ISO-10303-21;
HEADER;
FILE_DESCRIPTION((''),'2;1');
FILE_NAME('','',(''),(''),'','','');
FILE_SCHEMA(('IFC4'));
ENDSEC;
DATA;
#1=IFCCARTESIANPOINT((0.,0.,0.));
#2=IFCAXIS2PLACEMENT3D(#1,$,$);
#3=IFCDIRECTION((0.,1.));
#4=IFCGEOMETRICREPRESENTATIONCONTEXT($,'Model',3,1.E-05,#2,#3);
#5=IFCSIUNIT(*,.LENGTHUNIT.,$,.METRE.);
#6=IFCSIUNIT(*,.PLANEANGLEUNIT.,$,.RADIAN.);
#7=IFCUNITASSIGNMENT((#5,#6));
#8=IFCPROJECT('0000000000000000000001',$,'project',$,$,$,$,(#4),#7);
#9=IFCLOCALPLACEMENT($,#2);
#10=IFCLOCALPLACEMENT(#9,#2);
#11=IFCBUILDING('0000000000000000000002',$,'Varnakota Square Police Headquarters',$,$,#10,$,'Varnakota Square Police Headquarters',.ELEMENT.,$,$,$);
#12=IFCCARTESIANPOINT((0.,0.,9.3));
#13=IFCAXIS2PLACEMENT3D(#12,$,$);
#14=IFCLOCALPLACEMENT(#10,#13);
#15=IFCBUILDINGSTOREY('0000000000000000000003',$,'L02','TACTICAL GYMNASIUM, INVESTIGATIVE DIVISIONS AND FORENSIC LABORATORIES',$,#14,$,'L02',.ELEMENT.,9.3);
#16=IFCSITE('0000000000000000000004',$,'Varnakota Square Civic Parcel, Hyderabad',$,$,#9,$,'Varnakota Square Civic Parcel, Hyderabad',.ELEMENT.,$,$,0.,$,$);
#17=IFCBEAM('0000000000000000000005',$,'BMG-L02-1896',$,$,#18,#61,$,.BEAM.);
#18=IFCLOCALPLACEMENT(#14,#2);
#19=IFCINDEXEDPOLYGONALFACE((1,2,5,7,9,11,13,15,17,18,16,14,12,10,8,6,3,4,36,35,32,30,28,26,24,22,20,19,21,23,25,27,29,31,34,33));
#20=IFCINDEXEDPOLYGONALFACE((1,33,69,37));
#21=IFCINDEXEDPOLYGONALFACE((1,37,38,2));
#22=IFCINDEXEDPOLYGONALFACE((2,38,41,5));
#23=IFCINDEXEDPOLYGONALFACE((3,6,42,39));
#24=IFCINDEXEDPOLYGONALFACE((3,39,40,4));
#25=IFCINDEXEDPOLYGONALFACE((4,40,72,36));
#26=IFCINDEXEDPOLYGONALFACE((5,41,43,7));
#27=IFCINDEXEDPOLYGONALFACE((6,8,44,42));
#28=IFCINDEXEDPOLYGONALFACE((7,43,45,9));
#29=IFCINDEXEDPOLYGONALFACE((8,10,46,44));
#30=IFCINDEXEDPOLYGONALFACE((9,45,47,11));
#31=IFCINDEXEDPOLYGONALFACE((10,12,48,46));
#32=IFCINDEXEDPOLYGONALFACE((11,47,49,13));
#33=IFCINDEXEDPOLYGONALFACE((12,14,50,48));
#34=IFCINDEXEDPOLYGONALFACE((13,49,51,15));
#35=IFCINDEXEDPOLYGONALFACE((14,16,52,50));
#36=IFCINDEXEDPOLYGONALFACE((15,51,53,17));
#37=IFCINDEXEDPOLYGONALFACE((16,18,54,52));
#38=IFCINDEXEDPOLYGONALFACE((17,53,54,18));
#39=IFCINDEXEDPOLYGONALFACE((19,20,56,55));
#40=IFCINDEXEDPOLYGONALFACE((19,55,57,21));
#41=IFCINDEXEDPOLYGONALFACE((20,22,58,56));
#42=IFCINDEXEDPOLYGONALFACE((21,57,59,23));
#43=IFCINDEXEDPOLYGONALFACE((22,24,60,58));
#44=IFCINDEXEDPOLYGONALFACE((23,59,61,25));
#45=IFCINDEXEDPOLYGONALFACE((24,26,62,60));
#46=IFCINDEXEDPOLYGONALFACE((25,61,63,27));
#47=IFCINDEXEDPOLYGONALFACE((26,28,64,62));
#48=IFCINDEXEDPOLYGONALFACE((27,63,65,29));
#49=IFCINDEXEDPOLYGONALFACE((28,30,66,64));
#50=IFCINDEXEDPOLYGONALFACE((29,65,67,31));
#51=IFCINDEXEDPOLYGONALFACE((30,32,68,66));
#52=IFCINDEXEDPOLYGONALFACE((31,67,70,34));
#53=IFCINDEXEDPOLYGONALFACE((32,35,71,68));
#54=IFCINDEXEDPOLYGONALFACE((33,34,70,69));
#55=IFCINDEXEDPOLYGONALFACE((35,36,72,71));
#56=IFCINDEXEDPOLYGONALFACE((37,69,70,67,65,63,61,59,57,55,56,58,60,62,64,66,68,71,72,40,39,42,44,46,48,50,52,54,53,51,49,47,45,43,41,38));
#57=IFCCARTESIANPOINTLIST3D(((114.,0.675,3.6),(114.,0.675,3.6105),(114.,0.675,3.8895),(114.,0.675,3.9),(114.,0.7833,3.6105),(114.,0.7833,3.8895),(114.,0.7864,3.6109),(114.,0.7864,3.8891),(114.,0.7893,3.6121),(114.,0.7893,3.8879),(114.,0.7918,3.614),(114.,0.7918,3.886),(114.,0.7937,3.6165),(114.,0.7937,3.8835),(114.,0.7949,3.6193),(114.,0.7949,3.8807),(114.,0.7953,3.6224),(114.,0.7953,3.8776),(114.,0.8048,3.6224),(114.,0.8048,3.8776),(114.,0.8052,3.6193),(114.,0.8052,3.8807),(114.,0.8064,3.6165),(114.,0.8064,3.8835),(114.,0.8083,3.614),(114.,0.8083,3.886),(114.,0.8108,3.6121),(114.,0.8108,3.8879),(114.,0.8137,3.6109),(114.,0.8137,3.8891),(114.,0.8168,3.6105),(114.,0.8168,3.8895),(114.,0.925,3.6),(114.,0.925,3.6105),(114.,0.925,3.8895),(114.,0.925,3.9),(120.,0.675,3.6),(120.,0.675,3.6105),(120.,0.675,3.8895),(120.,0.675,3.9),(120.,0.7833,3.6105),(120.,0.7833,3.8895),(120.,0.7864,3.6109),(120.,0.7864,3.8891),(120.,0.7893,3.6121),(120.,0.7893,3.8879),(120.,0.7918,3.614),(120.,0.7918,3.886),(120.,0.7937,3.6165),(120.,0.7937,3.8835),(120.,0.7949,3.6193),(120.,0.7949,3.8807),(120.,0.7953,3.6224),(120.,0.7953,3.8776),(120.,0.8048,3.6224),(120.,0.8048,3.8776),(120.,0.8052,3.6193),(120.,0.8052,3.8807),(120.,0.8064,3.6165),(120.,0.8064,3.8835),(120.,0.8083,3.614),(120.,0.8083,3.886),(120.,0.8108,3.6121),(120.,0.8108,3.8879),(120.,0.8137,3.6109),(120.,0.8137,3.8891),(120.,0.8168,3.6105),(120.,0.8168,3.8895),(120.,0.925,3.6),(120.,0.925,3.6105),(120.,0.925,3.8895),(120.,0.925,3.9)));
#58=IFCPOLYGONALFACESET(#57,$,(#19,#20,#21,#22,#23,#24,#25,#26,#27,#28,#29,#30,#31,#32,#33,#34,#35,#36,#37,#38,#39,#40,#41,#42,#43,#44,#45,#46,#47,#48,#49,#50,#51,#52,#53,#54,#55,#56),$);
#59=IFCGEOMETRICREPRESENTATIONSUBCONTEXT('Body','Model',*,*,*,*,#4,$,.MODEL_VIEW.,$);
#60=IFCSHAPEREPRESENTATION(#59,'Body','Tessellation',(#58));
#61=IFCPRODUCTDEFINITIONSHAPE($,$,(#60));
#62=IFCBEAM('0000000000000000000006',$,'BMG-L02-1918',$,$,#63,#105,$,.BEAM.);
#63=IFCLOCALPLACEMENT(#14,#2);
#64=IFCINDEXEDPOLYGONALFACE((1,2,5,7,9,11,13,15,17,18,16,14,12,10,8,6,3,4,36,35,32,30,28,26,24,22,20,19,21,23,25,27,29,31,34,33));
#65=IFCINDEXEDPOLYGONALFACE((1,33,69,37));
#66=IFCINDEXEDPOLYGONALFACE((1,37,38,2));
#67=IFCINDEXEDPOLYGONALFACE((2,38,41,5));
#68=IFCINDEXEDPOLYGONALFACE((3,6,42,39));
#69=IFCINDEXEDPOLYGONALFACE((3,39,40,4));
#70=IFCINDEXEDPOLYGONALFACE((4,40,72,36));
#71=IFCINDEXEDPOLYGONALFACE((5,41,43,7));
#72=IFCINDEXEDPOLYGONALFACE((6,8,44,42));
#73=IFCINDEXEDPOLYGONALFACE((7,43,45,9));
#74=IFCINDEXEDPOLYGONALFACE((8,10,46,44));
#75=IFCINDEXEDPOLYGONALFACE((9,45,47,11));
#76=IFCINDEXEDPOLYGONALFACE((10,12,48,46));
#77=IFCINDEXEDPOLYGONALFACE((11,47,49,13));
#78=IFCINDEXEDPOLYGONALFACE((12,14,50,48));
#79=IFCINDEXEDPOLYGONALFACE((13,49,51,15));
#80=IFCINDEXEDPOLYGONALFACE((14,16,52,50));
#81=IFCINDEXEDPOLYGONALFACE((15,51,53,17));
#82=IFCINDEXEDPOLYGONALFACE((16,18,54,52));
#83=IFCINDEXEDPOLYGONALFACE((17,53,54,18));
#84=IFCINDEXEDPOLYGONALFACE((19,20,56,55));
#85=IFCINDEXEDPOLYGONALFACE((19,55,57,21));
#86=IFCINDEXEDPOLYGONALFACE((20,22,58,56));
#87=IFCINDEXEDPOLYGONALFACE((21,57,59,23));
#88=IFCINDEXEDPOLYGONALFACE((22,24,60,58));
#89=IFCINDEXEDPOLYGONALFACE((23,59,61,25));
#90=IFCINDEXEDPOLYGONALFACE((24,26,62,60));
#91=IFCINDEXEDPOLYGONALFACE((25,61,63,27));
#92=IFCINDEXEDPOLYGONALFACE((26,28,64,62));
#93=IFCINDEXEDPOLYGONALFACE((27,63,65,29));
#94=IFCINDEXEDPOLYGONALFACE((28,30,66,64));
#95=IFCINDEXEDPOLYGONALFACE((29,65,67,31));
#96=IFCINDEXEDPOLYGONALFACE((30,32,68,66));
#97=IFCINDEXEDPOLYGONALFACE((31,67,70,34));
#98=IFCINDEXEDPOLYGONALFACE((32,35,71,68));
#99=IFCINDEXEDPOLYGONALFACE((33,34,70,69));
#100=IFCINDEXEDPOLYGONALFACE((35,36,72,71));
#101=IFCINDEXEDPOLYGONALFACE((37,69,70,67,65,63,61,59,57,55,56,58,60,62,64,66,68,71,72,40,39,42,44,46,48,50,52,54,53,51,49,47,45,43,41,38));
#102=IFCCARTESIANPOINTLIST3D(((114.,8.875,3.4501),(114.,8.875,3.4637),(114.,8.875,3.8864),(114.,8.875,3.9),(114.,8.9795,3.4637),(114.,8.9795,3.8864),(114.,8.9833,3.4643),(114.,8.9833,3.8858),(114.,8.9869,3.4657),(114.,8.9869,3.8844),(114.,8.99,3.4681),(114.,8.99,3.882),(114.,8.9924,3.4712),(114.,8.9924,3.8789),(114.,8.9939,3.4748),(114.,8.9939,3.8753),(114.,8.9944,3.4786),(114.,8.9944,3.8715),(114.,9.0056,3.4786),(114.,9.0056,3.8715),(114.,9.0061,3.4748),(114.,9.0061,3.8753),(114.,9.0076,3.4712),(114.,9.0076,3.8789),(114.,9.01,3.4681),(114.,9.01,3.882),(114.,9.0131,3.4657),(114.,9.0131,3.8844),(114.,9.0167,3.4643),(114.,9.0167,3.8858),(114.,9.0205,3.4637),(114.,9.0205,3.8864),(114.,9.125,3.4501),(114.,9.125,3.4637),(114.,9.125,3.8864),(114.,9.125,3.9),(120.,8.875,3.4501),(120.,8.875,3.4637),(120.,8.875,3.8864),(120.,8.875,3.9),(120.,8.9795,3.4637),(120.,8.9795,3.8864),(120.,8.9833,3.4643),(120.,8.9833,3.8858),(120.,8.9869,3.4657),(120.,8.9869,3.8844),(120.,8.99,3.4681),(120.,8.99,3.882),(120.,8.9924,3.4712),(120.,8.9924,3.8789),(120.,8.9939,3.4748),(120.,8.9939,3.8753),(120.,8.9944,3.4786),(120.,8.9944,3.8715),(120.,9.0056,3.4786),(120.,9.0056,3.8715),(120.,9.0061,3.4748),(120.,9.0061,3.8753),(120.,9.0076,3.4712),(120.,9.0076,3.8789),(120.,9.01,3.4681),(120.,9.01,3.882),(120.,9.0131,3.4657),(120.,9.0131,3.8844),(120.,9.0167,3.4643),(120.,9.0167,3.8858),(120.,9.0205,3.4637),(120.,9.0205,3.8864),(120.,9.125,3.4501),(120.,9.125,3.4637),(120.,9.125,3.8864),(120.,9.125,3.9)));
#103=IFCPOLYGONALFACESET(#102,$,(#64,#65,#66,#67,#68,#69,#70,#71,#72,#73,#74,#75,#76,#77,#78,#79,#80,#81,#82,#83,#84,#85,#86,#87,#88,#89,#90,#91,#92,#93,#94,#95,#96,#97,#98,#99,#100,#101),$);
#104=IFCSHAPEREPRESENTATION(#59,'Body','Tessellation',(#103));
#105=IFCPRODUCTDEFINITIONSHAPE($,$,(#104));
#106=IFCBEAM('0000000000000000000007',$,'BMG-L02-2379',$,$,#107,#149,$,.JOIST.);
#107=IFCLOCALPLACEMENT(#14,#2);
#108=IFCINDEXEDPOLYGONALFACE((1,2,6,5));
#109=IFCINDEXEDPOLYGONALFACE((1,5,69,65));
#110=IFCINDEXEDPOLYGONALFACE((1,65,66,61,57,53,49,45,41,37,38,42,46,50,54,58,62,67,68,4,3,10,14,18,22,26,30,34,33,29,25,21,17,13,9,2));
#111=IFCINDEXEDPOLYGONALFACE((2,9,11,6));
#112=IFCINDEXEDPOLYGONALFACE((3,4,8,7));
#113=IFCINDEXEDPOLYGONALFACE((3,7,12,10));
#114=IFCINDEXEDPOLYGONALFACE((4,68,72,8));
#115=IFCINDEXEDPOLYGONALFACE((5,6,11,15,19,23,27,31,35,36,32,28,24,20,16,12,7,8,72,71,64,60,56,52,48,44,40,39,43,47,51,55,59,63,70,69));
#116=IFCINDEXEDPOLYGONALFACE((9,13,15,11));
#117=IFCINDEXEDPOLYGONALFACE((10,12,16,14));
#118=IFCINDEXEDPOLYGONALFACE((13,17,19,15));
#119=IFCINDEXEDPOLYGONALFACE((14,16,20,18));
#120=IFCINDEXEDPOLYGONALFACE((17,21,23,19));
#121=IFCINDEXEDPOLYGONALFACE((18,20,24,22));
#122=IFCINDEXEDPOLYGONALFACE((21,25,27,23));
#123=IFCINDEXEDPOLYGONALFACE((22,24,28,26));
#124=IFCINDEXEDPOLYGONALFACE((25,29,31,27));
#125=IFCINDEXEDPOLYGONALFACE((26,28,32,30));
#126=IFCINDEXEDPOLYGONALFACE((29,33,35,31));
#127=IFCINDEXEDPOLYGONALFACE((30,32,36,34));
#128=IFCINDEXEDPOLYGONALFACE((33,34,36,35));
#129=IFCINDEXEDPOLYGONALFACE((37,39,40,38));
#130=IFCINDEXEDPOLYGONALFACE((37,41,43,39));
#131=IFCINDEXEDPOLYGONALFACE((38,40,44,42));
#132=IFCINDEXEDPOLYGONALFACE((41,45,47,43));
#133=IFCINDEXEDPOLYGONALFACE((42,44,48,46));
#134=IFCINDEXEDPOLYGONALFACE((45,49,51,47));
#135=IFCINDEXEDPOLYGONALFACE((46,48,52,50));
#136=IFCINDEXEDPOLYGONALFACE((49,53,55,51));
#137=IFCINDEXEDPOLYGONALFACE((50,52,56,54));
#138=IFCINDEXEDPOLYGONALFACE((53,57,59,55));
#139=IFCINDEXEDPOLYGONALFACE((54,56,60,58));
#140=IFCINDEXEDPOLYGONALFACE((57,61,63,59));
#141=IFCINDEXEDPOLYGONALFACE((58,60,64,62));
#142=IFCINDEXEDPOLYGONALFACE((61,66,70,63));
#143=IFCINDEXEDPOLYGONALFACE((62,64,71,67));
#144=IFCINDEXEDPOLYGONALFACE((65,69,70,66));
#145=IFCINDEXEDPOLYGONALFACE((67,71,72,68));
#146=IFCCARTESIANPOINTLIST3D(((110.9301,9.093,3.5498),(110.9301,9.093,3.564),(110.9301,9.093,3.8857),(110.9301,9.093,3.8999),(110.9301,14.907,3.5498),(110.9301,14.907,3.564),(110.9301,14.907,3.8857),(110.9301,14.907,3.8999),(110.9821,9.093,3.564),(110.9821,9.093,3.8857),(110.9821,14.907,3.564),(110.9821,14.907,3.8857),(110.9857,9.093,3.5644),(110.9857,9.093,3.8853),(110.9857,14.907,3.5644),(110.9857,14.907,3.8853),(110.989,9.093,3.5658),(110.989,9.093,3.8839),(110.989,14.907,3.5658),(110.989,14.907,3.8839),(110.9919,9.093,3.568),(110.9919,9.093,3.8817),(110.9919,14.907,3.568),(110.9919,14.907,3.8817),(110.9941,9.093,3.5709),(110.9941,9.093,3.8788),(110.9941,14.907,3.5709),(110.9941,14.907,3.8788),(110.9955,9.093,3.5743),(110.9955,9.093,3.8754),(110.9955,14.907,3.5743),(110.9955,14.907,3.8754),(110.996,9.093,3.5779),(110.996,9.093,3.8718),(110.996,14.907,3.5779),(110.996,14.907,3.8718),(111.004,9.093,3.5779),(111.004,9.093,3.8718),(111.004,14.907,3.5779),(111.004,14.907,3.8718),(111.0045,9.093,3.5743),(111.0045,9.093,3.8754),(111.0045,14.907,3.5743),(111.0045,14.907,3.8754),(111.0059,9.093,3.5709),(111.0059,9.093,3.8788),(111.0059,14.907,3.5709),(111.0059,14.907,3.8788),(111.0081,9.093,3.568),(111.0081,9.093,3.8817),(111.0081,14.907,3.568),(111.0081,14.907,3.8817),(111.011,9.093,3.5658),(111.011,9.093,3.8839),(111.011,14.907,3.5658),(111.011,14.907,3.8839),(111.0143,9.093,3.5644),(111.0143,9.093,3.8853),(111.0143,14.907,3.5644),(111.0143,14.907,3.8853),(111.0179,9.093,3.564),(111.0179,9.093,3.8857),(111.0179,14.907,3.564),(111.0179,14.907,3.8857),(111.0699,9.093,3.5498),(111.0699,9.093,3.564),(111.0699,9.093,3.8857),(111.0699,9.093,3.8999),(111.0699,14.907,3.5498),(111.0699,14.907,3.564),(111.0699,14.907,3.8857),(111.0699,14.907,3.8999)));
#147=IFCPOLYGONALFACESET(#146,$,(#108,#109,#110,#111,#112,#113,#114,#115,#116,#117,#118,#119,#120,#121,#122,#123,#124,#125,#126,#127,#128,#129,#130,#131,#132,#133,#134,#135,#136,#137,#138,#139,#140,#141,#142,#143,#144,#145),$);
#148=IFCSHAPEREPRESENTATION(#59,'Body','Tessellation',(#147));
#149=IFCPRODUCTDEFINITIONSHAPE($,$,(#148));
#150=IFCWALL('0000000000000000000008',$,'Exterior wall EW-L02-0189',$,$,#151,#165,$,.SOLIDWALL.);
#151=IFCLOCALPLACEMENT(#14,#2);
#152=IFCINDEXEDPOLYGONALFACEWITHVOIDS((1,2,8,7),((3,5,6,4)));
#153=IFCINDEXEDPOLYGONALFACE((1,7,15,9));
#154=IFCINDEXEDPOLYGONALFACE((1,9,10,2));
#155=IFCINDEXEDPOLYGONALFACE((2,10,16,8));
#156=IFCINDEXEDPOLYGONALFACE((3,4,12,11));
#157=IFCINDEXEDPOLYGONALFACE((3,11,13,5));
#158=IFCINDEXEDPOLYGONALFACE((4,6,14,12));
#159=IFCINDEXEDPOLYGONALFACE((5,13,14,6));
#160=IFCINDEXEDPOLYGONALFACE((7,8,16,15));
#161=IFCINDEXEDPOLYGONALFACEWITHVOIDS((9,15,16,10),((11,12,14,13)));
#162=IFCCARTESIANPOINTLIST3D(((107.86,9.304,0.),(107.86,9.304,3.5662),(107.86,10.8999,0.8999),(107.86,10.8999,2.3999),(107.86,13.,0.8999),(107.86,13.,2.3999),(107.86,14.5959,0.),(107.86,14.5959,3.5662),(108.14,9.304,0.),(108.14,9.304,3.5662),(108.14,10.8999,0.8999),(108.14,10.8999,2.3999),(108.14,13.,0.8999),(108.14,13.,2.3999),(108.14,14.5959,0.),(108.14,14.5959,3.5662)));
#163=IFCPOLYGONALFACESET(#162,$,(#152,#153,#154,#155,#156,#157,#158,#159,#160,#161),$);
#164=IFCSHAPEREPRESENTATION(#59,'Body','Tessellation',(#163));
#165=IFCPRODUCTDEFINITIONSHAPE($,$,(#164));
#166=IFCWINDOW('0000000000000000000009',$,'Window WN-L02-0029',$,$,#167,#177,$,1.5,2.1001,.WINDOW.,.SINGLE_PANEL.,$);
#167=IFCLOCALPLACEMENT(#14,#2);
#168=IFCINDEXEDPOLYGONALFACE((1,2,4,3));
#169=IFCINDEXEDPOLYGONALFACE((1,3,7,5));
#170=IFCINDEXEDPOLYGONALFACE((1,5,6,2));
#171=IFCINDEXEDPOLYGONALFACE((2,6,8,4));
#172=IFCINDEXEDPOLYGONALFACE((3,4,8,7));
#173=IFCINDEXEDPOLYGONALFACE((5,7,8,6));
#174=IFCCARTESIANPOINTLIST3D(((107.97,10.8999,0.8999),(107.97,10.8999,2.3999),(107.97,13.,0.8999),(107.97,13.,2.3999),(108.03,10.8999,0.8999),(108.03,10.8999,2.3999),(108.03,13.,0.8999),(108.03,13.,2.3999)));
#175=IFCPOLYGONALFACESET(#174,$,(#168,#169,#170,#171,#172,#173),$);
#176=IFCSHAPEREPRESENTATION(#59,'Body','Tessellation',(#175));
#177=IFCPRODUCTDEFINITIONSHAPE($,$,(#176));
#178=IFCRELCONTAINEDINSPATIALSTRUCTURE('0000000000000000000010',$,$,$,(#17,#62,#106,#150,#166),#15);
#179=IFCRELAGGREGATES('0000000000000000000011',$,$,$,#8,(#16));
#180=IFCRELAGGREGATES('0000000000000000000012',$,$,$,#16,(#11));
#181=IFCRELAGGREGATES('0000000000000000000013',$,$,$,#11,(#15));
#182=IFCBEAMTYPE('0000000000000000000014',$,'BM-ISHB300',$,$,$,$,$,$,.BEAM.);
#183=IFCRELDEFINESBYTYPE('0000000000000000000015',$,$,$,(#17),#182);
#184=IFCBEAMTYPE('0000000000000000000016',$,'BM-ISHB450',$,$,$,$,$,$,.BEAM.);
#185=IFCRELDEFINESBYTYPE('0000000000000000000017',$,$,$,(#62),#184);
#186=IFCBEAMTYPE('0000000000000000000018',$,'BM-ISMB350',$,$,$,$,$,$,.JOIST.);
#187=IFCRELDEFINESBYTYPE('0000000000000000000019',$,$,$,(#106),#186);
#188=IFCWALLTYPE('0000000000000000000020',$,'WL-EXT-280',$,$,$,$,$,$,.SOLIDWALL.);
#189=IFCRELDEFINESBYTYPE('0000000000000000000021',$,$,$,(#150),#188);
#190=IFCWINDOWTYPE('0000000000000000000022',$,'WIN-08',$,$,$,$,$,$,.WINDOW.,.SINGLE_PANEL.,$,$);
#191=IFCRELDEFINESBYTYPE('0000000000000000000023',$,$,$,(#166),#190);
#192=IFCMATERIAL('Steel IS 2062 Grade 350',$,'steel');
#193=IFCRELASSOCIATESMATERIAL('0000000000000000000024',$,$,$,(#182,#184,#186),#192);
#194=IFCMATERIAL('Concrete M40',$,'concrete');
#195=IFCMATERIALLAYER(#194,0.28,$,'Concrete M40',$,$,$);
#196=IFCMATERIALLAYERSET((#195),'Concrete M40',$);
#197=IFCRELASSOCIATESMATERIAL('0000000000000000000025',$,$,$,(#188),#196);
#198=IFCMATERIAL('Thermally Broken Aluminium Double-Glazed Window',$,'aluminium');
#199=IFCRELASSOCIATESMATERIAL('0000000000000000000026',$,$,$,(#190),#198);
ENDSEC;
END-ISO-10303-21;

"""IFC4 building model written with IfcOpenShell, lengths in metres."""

from ifc_helpers import new_model, si_unit, direction, frame, frame_2d, origin, origin_2d, place, context, subcontext, project, spatial, rectangle, i_section, extrude, material, layer, layer_set, material_profile, profile_set, type_object, element, fill, save


model = new_model("IFC4")

# Units and contexts
model_context = context("Model", 3, precision=1e-05, world=origin(), true_north=direction((0.0, 1.0)))
body_context = subcontext(model_context, "Body", "Model", "MODEL_VIEW")
ifc_project = project(units=[si_unit("LENGTHUNIT", "METRE"), si_unit("PLANEANGLEUNIT", "RADIAN")], contexts=[model_context])

# Site, building, storey
site_placement = place(None, origin())
site = spatial("IfcSite", under=ifc_project, at=site_placement, Name="Varnakota Square Civic Parcel, Hyderabad", LongName="Varnakota Square Civic Parcel, Hyderabad", CompositionType="ELEMENT", RefElevation=0.0)
building_placement = place(site_placement, origin())
building = spatial("IfcBuilding", under=site, at=building_placement, Name="Varnakota Square Police Headquarters", LongName="Varnakota Square Police Headquarters", CompositionType="ELEMENT")
storey_placement = place(building_placement, frame((0.0, 0.0, 9.3)))
storey = spatial("IfcBuildingStorey", under=building, at=storey_placement, Name="L02", Description="TACTICAL GYMNASIUM, INVESTIGATIVE DIVISIONS AND FORENSIC LABORATORIES", LongName="L02", CompositionType="ELEMENT", Elevation=9.3)

# Shared definitions
ifc_material_1 = material(Name="Steel IS 2062 Grade 350", Category="steel")

# Beams
ifc_material_profile_1 = material_profile(ifc_material_1, i_section(OverallWidth=0.25, OverallDepth=0.3, WebThickness=0.0095, FlangeThickness=0.0105, FilletRadius=0.012, at=origin_2d()), Name="ISHB 300")
ifc_profile_set_1 = profile_set([ifc_material_profile_1], Name="Steel IS 2062 Grade 350")
beam_type_1 = type_object("IfcBeamType", Name="BM-ISHB300", PredefinedType="BEAM", material=ifc_profile_set_1)
beam_1_placement = place(storey_placement, frame((114.0, 0.8, 3.75), z_axis=(1.0, 0.0, 0.0), x_axis=(0.0, 1.0, 0.0)))
element("IfcBeam", 1, at=beam_1_placement, inside=storey, type_object=beam_type_1, Name="BMG-L02-1896", PredefinedType="BEAM", context=body_context, shape_type="SweptSolid", body=[
    extrude(i_section(OverallWidth=0.25, OverallDepth=0.3, WebThickness=0.0095, FlangeThickness=0.0105, FilletRadius=0.012, at=origin_2d()), origin(), (0.0, 0.0, 1.0), 6.0),
])
ifc_material_profile_2 = material_profile(ifc_material_1, i_section(OverallWidth=0.25, OverallDepth=0.45, WebThickness=0.0112, FlangeThickness=0.0137, FilletRadius=0.0149, at=origin_2d()), Name="ISHB 450")
ifc_profile_set_2 = profile_set([ifc_material_profile_2], Name="Steel IS 2062 Grade 350")
beam_type_2 = type_object("IfcBeamType", Name="BM-ISHB450", PredefinedType="BEAM", material=ifc_profile_set_2)
beam_2_placement = place(storey_placement, frame((114.0, 9.0, 3.675), z_axis=(1.0, 0.0, 0.0), x_axis=(0.0, 1.0, 0.0)))
element("IfcBeam", 2, at=beam_2_placement, inside=storey, type_object=beam_type_2, Name="BMG-L02-1918", PredefinedType="BEAM", context=body_context, shape_type="SweptSolid", body=[
    extrude(i_section(OverallWidth=0.25, OverallDepth=0.45, WebThickness=0.0112, FlangeThickness=0.0137, FilletRadius=0.0149, at=origin_2d()), origin(), (0.0, 0.0, 1.0), 6.0),
])
ifc_material_profile_3 = material_profile(ifc_material_1, i_section(OverallWidth=0.1399, OverallDepth=0.3501, WebThickness=0.0081, FlangeThickness=0.0142, FilletRadius=0.0139, at=origin_2d()), Name="ISMB 350")
ifc_profile_set_3 = profile_set([ifc_material_profile_3], Name="Steel IS 2062 Grade 350")
beam_type_3 = type_object("IfcBeamType", Name="BM-ISMB350", PredefinedType="JOIST", material=ifc_profile_set_3)
beam_3_placement = place(storey_placement, frame((111.0, 9.093, 3.7249), z_axis=(0.0, 1.0, 0.0), x_axis=(-1.0, 0.0, 0.0)))
element("IfcBeam", 3, at=beam_3_placement, inside=storey, type_object=beam_type_3, Name="BMG-L02-2379", PredefinedType="JOIST", context=body_context, shape_type="SweptSolid", body=[
    extrude(i_section(OverallWidth=0.1399, OverallDepth=0.3501, WebThickness=0.0081, FlangeThickness=0.0142, FilletRadius=0.0139, at=origin_2d()), origin(), (0.0, 0.0, 1.0), 5.814),
])

# Wall, opening, window
ifc_material_2 = material(Name="Concrete M40", Category="concrete")
ifc_layer_1 = layer(ifc_material_2, 0.28, Name="Concrete M40")
ifc_layer_set_1 = layer_set([ifc_layer_1], Name="Concrete M40")
wall_type_1 = type_object("IfcWallType", Name="WL-EXT-280", PredefinedType="SOLIDWALL", material=ifc_layer_set_1)
wall_1_placement = place(storey_placement, frame((108.0, 9.304, 0.0), z_axis=(0.0, 0.0, 1.0), x_axis=(0.0, 1.0, 0.0)))
wall_1 = element("IfcWall", 4, at=wall_1_placement, inside=storey, type_object=wall_type_1, Name="Exterior wall EW-L02-0189", PredefinedType="SOLIDWALL", context=body_context, shape_type="SweptSolid", body=[
    extrude(rectangle(XDim=5.292, YDim=0.28, at=frame_2d((2.646, 0.0))), origin(), (0.0, 0.0, 1.0), 3.5662),
])
opening_1_placement = place(wall_1_placement, frame((1.5959, 0.0, 0.8999)))
opening_1 = element("IfcOpeningElement", 5, at=opening_1_placement, cuts=wall_1, PredefinedType="OPENING", context=body_context, shape_type="SweptSolid", body=[
    extrude(rectangle(XDim=2.1001, YDim=1.5, at=frame_2d((1.05, 0.75))), frame((0.0, 0.1499, 0.0), z_axis=(0.0, -1.0, 0.0), x_axis=(1.0, 0.0, 0.0)), (0.0, 0.0, 1.0), 0.3),
])
ifc_material_3 = material(Name="Thermally Broken Aluminium Double-Glazed Window", Category="aluminium")
window_type = type_object("IfcWindowType", Name="WIN-08", PartitioningType="SINGLE_PANEL", PredefinedType="WINDOW", material=ifc_material_3)
window_placement = place(opening_1_placement, origin())
window = element("IfcWindow", 6, at=window_placement, inside=storey, type_object=window_type, Name="Window WN-L02-0029", OverallHeight=1.5, OverallWidth=2.1001, PartitioningType="SINGLE_PANEL", PredefinedType="WINDOW", context=body_context, shape_type="SweptSolid", body=[
    extrude(rectangle(XDim=2.1001, YDim=1.5, at=frame_2d((1.05, 0.75))), frame((0.0, 0.03, 0.0), z_axis=(0.0, -1.0, 0.0), x_axis=(1.0, 0.0, 0.0)), (0.0, 0.0, 1.0), 0.0601),
])
fill(opening_1, window)

save(model, "model.ifc")
